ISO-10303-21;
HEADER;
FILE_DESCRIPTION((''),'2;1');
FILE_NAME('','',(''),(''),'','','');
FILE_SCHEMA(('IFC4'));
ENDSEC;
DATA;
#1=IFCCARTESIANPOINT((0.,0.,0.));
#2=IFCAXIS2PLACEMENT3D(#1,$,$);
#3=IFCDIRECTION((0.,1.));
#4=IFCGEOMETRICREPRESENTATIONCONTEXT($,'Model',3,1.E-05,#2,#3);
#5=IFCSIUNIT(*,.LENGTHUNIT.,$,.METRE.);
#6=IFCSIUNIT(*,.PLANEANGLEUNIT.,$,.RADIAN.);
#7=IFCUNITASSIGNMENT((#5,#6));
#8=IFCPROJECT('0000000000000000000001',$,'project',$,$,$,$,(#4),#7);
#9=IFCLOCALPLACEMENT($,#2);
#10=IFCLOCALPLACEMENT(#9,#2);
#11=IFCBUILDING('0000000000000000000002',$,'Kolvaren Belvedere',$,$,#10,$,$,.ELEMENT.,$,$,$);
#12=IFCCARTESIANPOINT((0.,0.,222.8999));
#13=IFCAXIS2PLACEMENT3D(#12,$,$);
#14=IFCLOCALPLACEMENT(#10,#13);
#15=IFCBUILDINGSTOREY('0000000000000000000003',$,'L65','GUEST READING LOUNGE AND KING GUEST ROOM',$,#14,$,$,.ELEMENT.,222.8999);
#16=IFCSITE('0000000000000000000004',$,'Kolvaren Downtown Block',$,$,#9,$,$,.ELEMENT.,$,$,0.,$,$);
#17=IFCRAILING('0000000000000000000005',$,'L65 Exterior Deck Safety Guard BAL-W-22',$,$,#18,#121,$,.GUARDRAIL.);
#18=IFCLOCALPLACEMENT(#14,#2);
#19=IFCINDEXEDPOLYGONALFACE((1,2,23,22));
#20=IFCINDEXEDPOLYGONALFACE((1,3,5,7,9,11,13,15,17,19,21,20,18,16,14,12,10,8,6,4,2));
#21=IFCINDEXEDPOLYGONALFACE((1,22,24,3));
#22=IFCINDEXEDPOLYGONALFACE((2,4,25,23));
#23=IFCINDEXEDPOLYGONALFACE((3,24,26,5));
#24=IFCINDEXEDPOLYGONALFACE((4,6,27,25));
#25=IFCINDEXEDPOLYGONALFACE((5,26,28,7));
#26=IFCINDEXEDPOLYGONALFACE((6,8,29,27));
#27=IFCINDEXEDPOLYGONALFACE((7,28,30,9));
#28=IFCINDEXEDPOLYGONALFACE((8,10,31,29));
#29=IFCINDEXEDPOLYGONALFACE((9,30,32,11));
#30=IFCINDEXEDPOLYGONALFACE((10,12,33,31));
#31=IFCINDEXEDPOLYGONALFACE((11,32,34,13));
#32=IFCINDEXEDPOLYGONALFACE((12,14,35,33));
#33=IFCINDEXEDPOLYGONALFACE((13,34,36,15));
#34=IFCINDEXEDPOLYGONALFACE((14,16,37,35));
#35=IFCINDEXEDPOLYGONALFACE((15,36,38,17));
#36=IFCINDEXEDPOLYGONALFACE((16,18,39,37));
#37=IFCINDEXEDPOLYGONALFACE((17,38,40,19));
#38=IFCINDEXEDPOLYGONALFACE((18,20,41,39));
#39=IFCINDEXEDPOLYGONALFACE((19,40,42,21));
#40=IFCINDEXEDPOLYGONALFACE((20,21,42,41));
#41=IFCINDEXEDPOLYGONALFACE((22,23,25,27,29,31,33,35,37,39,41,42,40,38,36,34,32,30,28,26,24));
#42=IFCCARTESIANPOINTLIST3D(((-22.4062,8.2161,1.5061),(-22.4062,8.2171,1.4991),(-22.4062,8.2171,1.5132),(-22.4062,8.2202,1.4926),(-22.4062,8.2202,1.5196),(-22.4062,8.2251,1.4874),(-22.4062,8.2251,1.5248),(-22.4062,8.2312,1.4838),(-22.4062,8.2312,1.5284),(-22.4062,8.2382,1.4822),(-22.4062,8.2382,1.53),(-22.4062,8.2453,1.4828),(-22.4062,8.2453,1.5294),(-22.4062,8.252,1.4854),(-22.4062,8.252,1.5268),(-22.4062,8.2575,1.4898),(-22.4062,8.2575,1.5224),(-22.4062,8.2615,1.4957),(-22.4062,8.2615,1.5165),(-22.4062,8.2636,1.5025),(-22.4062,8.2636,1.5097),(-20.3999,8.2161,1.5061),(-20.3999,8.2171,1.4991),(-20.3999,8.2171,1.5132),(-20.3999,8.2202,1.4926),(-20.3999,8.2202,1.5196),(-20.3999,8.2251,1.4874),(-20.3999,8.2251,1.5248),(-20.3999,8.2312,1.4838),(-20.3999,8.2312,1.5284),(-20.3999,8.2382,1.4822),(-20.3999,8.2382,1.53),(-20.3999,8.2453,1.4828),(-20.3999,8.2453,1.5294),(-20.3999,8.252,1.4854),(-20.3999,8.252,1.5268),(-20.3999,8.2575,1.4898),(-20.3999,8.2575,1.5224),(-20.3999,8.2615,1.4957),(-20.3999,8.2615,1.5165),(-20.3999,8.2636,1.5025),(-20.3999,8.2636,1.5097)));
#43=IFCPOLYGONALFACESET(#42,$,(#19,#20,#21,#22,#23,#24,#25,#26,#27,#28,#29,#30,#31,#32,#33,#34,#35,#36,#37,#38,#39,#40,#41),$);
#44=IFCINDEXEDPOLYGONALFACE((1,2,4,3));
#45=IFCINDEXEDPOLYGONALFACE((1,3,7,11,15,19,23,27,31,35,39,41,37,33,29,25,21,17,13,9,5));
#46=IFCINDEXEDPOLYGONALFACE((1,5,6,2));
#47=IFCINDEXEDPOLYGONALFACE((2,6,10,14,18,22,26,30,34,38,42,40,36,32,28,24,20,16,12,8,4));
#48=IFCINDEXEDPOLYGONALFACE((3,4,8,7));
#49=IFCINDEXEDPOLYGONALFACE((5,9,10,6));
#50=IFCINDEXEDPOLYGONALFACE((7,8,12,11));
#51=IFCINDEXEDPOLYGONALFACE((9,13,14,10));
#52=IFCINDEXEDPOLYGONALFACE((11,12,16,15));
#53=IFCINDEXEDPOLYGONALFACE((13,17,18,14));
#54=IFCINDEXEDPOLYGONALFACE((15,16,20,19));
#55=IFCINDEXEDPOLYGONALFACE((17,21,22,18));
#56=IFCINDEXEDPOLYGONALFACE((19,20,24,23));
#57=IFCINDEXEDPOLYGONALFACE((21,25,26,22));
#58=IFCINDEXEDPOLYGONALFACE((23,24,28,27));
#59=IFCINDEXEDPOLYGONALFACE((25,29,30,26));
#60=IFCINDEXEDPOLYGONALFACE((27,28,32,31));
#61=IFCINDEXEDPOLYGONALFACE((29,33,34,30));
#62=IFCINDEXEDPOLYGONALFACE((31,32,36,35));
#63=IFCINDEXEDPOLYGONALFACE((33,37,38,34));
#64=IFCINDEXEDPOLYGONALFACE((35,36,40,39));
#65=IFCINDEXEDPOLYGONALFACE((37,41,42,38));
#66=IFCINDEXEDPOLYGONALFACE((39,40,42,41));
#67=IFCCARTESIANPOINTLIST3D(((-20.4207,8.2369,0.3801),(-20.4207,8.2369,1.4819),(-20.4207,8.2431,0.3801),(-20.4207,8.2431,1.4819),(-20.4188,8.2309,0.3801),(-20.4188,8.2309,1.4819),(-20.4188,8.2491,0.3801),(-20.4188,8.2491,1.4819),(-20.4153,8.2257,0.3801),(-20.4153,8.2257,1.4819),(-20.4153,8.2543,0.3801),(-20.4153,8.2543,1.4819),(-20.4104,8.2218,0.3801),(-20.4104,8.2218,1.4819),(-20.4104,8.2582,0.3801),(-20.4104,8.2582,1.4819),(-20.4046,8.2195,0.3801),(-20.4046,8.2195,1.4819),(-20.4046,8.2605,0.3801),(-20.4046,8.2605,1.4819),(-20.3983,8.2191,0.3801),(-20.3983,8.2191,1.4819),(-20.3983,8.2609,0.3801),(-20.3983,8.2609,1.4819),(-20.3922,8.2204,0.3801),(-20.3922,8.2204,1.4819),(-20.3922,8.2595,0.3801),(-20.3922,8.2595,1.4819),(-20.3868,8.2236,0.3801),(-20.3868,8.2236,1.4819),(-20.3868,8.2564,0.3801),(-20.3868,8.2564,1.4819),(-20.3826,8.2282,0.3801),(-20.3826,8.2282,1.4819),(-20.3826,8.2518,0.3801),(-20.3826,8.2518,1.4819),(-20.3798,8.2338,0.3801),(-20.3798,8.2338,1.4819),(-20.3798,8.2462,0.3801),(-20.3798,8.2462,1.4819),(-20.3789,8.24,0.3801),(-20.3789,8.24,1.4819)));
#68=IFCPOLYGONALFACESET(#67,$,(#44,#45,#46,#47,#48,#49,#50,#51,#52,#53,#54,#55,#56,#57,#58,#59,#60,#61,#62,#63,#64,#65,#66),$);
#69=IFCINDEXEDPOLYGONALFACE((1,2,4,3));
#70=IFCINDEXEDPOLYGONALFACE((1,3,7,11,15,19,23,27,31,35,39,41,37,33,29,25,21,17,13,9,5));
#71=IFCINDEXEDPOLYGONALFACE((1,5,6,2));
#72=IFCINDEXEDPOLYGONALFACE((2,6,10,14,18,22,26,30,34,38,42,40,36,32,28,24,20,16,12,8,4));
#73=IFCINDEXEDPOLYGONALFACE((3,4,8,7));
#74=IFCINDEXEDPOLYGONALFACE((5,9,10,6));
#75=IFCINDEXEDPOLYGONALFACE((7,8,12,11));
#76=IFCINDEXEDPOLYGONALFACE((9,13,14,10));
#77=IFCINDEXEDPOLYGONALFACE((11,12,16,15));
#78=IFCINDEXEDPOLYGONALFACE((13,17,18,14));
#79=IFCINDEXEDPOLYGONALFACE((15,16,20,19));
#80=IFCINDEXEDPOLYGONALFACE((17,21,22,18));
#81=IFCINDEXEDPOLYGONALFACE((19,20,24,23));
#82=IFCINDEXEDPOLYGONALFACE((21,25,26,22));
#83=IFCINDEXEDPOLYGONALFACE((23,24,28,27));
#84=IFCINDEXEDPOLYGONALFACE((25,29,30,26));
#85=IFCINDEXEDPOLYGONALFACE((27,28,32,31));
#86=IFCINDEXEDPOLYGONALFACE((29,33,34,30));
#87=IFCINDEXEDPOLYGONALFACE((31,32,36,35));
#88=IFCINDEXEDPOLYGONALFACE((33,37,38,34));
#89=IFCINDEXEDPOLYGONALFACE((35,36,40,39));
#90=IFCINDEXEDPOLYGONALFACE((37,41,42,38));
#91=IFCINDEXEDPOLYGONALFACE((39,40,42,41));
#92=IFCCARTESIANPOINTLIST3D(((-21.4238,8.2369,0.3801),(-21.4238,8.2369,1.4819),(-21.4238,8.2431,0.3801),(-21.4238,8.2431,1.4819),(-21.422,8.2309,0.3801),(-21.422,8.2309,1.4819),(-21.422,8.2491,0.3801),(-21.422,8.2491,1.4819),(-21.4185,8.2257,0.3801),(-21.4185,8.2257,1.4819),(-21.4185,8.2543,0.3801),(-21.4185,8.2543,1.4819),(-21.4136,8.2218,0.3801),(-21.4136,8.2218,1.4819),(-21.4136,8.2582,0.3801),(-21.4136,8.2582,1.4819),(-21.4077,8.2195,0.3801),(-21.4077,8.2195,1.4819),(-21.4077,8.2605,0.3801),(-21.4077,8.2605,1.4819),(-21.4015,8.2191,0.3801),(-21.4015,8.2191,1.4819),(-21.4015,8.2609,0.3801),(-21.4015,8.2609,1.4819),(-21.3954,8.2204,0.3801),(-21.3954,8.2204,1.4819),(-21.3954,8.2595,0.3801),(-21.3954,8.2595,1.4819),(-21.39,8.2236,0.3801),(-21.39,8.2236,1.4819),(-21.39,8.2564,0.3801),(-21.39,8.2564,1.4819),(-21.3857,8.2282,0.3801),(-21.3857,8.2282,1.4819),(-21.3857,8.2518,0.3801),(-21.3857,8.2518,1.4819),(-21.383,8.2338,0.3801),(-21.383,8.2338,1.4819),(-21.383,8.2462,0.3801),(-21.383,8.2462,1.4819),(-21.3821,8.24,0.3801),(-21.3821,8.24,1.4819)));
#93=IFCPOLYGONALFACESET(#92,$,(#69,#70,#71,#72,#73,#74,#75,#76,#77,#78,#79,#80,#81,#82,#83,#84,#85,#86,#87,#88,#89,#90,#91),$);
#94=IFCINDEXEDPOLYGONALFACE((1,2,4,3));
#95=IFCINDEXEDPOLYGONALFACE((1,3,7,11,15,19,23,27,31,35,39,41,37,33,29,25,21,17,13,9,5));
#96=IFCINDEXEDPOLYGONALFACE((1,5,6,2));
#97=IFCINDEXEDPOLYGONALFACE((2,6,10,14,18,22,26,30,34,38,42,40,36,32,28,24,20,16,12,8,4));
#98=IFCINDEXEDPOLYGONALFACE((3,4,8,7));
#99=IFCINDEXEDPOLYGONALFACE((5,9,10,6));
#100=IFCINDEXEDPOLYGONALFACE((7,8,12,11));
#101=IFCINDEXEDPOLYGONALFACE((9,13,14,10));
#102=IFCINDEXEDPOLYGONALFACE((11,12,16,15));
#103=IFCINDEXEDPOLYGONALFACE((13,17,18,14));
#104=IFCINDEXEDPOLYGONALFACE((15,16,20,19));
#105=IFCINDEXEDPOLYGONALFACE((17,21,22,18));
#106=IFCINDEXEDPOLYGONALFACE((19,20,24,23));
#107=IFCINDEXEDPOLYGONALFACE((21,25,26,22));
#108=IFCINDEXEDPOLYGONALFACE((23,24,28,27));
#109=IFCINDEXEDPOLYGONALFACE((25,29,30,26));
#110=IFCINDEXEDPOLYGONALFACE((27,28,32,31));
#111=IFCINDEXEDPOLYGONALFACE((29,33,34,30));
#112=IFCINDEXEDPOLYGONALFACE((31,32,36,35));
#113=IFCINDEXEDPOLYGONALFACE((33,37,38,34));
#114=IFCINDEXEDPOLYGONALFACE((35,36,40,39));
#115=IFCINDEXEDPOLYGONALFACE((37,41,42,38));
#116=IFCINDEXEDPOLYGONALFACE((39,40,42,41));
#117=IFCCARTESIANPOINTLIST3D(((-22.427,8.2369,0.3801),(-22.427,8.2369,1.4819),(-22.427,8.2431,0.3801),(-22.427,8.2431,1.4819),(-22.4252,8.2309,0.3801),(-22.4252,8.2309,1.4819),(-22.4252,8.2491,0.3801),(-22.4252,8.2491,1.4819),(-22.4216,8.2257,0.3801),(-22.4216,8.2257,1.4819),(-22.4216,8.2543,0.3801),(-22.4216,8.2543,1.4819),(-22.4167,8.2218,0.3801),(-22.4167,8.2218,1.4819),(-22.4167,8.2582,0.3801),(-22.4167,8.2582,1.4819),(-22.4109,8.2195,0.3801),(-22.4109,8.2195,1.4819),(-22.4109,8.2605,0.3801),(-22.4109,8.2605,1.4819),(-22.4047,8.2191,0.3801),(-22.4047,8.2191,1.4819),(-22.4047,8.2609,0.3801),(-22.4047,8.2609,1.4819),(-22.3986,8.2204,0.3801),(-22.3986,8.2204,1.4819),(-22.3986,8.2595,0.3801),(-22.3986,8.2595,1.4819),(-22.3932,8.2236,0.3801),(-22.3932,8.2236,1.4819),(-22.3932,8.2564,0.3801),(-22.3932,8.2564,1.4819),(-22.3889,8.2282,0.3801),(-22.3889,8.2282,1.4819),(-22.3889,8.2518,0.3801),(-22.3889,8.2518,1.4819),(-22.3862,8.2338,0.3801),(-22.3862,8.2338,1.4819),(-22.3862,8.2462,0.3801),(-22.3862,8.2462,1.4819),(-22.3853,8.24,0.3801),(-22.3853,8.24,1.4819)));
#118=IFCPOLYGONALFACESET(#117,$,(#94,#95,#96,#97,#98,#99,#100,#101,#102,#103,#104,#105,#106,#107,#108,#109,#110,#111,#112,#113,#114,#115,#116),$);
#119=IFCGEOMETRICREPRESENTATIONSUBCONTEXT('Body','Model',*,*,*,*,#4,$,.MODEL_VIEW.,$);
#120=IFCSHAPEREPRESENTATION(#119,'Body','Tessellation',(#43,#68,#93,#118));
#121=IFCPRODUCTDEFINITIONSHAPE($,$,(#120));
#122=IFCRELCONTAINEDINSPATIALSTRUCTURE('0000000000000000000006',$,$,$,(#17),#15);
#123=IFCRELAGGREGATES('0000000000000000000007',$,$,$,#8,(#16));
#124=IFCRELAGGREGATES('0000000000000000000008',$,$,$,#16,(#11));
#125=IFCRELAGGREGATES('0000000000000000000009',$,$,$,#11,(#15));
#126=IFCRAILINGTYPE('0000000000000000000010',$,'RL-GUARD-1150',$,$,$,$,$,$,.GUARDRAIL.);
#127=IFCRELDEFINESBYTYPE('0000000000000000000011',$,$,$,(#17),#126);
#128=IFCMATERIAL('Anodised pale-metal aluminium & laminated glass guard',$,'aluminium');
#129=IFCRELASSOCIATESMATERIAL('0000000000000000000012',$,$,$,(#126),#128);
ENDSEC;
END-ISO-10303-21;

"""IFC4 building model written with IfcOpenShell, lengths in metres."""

from ifc_helpers import new_model, si_unit, direction, frame, origin, origin_2d, place, context, subcontext, project, spatial, circle, extrude, material, type_object, element, save


model = new_model("IFC4")

# Units and contexts
model_context = context("Model", 3, precision=1e-05, world=origin(), true_north=direction((0.0, 1.0)))
body_context = subcontext(model_context, "Body", "Model", "MODEL_VIEW")
ifc_project = project(units=[si_unit("LENGTHUNIT", "METRE"), si_unit("PLANEANGLEUNIT", "RADIAN")], contexts=[model_context])

# Site, building, storey
site_placement = place(None, origin())
site = spatial("IfcSite", under=ifc_project, at=site_placement, Name="Kolvaren Downtown Block", CompositionType="ELEMENT", RefElevation=0.0)
building_placement = place(site_placement, origin())
building = spatial("IfcBuilding", under=site, at=building_placement, Name="Kolvaren Belvedere", CompositionType="ELEMENT")
storey_placement = place(building_placement, frame((0.0, 0.0, 222.8999)))
storey = spatial("IfcBuildingStorey", under=building, at=storey_placement, Name="L65", Description="GUEST READING LOUNGE AND KING GUEST ROOM", CompositionType="ELEMENT", Elevation=222.8999)

# Railing
ifc_material_1 = material(Name="Anodised pale-metal aluminium & laminated glass guard", Category="aluminium")
railing_type = type_object("IfcRailingType", Name="RL-GUARD-1150", PredefinedType="GUARDRAIL", material=ifc_material_1)
railing_1_placement = place(storey_placement, frame((-20.3999, 8.24, 0.3801)))
element("IfcRailing", 1, at=railing_1_placement, inside=storey, type_object=railing_type, Name="L65 Exterior Deck Safety Guard BAL-W-22", PredefinedType="GUARDRAIL", context=body_context, shape_type="SweptSolid", body=[
    extrude(circle(Radius=0.0239, at=origin_2d()), frame((0.0, 0.0, 1.126), z_axis=(-1.0, 0.0, 0.0), x_axis=(0.0, -1.0, 0.0)), (0.0, 0.0, 1.0), 2.0063),
    extrude(circle(Radius=0.021, at=origin_2d()), origin(), (0.0, 0.0, 1.0), 1.1018),
    extrude(circle(Radius=0.021, at=origin_2d()), frame((-1.0032, 0.0, 0.0)), (0.0, 0.0, 1.0), 1.1018),
    extrude(circle(Radius=0.021, at=origin_2d()), frame((-2.0063, 0.0, 0.0)), (0.0, 0.0, 1.0), 1.1018),
])

save(model, "model.ifc")
